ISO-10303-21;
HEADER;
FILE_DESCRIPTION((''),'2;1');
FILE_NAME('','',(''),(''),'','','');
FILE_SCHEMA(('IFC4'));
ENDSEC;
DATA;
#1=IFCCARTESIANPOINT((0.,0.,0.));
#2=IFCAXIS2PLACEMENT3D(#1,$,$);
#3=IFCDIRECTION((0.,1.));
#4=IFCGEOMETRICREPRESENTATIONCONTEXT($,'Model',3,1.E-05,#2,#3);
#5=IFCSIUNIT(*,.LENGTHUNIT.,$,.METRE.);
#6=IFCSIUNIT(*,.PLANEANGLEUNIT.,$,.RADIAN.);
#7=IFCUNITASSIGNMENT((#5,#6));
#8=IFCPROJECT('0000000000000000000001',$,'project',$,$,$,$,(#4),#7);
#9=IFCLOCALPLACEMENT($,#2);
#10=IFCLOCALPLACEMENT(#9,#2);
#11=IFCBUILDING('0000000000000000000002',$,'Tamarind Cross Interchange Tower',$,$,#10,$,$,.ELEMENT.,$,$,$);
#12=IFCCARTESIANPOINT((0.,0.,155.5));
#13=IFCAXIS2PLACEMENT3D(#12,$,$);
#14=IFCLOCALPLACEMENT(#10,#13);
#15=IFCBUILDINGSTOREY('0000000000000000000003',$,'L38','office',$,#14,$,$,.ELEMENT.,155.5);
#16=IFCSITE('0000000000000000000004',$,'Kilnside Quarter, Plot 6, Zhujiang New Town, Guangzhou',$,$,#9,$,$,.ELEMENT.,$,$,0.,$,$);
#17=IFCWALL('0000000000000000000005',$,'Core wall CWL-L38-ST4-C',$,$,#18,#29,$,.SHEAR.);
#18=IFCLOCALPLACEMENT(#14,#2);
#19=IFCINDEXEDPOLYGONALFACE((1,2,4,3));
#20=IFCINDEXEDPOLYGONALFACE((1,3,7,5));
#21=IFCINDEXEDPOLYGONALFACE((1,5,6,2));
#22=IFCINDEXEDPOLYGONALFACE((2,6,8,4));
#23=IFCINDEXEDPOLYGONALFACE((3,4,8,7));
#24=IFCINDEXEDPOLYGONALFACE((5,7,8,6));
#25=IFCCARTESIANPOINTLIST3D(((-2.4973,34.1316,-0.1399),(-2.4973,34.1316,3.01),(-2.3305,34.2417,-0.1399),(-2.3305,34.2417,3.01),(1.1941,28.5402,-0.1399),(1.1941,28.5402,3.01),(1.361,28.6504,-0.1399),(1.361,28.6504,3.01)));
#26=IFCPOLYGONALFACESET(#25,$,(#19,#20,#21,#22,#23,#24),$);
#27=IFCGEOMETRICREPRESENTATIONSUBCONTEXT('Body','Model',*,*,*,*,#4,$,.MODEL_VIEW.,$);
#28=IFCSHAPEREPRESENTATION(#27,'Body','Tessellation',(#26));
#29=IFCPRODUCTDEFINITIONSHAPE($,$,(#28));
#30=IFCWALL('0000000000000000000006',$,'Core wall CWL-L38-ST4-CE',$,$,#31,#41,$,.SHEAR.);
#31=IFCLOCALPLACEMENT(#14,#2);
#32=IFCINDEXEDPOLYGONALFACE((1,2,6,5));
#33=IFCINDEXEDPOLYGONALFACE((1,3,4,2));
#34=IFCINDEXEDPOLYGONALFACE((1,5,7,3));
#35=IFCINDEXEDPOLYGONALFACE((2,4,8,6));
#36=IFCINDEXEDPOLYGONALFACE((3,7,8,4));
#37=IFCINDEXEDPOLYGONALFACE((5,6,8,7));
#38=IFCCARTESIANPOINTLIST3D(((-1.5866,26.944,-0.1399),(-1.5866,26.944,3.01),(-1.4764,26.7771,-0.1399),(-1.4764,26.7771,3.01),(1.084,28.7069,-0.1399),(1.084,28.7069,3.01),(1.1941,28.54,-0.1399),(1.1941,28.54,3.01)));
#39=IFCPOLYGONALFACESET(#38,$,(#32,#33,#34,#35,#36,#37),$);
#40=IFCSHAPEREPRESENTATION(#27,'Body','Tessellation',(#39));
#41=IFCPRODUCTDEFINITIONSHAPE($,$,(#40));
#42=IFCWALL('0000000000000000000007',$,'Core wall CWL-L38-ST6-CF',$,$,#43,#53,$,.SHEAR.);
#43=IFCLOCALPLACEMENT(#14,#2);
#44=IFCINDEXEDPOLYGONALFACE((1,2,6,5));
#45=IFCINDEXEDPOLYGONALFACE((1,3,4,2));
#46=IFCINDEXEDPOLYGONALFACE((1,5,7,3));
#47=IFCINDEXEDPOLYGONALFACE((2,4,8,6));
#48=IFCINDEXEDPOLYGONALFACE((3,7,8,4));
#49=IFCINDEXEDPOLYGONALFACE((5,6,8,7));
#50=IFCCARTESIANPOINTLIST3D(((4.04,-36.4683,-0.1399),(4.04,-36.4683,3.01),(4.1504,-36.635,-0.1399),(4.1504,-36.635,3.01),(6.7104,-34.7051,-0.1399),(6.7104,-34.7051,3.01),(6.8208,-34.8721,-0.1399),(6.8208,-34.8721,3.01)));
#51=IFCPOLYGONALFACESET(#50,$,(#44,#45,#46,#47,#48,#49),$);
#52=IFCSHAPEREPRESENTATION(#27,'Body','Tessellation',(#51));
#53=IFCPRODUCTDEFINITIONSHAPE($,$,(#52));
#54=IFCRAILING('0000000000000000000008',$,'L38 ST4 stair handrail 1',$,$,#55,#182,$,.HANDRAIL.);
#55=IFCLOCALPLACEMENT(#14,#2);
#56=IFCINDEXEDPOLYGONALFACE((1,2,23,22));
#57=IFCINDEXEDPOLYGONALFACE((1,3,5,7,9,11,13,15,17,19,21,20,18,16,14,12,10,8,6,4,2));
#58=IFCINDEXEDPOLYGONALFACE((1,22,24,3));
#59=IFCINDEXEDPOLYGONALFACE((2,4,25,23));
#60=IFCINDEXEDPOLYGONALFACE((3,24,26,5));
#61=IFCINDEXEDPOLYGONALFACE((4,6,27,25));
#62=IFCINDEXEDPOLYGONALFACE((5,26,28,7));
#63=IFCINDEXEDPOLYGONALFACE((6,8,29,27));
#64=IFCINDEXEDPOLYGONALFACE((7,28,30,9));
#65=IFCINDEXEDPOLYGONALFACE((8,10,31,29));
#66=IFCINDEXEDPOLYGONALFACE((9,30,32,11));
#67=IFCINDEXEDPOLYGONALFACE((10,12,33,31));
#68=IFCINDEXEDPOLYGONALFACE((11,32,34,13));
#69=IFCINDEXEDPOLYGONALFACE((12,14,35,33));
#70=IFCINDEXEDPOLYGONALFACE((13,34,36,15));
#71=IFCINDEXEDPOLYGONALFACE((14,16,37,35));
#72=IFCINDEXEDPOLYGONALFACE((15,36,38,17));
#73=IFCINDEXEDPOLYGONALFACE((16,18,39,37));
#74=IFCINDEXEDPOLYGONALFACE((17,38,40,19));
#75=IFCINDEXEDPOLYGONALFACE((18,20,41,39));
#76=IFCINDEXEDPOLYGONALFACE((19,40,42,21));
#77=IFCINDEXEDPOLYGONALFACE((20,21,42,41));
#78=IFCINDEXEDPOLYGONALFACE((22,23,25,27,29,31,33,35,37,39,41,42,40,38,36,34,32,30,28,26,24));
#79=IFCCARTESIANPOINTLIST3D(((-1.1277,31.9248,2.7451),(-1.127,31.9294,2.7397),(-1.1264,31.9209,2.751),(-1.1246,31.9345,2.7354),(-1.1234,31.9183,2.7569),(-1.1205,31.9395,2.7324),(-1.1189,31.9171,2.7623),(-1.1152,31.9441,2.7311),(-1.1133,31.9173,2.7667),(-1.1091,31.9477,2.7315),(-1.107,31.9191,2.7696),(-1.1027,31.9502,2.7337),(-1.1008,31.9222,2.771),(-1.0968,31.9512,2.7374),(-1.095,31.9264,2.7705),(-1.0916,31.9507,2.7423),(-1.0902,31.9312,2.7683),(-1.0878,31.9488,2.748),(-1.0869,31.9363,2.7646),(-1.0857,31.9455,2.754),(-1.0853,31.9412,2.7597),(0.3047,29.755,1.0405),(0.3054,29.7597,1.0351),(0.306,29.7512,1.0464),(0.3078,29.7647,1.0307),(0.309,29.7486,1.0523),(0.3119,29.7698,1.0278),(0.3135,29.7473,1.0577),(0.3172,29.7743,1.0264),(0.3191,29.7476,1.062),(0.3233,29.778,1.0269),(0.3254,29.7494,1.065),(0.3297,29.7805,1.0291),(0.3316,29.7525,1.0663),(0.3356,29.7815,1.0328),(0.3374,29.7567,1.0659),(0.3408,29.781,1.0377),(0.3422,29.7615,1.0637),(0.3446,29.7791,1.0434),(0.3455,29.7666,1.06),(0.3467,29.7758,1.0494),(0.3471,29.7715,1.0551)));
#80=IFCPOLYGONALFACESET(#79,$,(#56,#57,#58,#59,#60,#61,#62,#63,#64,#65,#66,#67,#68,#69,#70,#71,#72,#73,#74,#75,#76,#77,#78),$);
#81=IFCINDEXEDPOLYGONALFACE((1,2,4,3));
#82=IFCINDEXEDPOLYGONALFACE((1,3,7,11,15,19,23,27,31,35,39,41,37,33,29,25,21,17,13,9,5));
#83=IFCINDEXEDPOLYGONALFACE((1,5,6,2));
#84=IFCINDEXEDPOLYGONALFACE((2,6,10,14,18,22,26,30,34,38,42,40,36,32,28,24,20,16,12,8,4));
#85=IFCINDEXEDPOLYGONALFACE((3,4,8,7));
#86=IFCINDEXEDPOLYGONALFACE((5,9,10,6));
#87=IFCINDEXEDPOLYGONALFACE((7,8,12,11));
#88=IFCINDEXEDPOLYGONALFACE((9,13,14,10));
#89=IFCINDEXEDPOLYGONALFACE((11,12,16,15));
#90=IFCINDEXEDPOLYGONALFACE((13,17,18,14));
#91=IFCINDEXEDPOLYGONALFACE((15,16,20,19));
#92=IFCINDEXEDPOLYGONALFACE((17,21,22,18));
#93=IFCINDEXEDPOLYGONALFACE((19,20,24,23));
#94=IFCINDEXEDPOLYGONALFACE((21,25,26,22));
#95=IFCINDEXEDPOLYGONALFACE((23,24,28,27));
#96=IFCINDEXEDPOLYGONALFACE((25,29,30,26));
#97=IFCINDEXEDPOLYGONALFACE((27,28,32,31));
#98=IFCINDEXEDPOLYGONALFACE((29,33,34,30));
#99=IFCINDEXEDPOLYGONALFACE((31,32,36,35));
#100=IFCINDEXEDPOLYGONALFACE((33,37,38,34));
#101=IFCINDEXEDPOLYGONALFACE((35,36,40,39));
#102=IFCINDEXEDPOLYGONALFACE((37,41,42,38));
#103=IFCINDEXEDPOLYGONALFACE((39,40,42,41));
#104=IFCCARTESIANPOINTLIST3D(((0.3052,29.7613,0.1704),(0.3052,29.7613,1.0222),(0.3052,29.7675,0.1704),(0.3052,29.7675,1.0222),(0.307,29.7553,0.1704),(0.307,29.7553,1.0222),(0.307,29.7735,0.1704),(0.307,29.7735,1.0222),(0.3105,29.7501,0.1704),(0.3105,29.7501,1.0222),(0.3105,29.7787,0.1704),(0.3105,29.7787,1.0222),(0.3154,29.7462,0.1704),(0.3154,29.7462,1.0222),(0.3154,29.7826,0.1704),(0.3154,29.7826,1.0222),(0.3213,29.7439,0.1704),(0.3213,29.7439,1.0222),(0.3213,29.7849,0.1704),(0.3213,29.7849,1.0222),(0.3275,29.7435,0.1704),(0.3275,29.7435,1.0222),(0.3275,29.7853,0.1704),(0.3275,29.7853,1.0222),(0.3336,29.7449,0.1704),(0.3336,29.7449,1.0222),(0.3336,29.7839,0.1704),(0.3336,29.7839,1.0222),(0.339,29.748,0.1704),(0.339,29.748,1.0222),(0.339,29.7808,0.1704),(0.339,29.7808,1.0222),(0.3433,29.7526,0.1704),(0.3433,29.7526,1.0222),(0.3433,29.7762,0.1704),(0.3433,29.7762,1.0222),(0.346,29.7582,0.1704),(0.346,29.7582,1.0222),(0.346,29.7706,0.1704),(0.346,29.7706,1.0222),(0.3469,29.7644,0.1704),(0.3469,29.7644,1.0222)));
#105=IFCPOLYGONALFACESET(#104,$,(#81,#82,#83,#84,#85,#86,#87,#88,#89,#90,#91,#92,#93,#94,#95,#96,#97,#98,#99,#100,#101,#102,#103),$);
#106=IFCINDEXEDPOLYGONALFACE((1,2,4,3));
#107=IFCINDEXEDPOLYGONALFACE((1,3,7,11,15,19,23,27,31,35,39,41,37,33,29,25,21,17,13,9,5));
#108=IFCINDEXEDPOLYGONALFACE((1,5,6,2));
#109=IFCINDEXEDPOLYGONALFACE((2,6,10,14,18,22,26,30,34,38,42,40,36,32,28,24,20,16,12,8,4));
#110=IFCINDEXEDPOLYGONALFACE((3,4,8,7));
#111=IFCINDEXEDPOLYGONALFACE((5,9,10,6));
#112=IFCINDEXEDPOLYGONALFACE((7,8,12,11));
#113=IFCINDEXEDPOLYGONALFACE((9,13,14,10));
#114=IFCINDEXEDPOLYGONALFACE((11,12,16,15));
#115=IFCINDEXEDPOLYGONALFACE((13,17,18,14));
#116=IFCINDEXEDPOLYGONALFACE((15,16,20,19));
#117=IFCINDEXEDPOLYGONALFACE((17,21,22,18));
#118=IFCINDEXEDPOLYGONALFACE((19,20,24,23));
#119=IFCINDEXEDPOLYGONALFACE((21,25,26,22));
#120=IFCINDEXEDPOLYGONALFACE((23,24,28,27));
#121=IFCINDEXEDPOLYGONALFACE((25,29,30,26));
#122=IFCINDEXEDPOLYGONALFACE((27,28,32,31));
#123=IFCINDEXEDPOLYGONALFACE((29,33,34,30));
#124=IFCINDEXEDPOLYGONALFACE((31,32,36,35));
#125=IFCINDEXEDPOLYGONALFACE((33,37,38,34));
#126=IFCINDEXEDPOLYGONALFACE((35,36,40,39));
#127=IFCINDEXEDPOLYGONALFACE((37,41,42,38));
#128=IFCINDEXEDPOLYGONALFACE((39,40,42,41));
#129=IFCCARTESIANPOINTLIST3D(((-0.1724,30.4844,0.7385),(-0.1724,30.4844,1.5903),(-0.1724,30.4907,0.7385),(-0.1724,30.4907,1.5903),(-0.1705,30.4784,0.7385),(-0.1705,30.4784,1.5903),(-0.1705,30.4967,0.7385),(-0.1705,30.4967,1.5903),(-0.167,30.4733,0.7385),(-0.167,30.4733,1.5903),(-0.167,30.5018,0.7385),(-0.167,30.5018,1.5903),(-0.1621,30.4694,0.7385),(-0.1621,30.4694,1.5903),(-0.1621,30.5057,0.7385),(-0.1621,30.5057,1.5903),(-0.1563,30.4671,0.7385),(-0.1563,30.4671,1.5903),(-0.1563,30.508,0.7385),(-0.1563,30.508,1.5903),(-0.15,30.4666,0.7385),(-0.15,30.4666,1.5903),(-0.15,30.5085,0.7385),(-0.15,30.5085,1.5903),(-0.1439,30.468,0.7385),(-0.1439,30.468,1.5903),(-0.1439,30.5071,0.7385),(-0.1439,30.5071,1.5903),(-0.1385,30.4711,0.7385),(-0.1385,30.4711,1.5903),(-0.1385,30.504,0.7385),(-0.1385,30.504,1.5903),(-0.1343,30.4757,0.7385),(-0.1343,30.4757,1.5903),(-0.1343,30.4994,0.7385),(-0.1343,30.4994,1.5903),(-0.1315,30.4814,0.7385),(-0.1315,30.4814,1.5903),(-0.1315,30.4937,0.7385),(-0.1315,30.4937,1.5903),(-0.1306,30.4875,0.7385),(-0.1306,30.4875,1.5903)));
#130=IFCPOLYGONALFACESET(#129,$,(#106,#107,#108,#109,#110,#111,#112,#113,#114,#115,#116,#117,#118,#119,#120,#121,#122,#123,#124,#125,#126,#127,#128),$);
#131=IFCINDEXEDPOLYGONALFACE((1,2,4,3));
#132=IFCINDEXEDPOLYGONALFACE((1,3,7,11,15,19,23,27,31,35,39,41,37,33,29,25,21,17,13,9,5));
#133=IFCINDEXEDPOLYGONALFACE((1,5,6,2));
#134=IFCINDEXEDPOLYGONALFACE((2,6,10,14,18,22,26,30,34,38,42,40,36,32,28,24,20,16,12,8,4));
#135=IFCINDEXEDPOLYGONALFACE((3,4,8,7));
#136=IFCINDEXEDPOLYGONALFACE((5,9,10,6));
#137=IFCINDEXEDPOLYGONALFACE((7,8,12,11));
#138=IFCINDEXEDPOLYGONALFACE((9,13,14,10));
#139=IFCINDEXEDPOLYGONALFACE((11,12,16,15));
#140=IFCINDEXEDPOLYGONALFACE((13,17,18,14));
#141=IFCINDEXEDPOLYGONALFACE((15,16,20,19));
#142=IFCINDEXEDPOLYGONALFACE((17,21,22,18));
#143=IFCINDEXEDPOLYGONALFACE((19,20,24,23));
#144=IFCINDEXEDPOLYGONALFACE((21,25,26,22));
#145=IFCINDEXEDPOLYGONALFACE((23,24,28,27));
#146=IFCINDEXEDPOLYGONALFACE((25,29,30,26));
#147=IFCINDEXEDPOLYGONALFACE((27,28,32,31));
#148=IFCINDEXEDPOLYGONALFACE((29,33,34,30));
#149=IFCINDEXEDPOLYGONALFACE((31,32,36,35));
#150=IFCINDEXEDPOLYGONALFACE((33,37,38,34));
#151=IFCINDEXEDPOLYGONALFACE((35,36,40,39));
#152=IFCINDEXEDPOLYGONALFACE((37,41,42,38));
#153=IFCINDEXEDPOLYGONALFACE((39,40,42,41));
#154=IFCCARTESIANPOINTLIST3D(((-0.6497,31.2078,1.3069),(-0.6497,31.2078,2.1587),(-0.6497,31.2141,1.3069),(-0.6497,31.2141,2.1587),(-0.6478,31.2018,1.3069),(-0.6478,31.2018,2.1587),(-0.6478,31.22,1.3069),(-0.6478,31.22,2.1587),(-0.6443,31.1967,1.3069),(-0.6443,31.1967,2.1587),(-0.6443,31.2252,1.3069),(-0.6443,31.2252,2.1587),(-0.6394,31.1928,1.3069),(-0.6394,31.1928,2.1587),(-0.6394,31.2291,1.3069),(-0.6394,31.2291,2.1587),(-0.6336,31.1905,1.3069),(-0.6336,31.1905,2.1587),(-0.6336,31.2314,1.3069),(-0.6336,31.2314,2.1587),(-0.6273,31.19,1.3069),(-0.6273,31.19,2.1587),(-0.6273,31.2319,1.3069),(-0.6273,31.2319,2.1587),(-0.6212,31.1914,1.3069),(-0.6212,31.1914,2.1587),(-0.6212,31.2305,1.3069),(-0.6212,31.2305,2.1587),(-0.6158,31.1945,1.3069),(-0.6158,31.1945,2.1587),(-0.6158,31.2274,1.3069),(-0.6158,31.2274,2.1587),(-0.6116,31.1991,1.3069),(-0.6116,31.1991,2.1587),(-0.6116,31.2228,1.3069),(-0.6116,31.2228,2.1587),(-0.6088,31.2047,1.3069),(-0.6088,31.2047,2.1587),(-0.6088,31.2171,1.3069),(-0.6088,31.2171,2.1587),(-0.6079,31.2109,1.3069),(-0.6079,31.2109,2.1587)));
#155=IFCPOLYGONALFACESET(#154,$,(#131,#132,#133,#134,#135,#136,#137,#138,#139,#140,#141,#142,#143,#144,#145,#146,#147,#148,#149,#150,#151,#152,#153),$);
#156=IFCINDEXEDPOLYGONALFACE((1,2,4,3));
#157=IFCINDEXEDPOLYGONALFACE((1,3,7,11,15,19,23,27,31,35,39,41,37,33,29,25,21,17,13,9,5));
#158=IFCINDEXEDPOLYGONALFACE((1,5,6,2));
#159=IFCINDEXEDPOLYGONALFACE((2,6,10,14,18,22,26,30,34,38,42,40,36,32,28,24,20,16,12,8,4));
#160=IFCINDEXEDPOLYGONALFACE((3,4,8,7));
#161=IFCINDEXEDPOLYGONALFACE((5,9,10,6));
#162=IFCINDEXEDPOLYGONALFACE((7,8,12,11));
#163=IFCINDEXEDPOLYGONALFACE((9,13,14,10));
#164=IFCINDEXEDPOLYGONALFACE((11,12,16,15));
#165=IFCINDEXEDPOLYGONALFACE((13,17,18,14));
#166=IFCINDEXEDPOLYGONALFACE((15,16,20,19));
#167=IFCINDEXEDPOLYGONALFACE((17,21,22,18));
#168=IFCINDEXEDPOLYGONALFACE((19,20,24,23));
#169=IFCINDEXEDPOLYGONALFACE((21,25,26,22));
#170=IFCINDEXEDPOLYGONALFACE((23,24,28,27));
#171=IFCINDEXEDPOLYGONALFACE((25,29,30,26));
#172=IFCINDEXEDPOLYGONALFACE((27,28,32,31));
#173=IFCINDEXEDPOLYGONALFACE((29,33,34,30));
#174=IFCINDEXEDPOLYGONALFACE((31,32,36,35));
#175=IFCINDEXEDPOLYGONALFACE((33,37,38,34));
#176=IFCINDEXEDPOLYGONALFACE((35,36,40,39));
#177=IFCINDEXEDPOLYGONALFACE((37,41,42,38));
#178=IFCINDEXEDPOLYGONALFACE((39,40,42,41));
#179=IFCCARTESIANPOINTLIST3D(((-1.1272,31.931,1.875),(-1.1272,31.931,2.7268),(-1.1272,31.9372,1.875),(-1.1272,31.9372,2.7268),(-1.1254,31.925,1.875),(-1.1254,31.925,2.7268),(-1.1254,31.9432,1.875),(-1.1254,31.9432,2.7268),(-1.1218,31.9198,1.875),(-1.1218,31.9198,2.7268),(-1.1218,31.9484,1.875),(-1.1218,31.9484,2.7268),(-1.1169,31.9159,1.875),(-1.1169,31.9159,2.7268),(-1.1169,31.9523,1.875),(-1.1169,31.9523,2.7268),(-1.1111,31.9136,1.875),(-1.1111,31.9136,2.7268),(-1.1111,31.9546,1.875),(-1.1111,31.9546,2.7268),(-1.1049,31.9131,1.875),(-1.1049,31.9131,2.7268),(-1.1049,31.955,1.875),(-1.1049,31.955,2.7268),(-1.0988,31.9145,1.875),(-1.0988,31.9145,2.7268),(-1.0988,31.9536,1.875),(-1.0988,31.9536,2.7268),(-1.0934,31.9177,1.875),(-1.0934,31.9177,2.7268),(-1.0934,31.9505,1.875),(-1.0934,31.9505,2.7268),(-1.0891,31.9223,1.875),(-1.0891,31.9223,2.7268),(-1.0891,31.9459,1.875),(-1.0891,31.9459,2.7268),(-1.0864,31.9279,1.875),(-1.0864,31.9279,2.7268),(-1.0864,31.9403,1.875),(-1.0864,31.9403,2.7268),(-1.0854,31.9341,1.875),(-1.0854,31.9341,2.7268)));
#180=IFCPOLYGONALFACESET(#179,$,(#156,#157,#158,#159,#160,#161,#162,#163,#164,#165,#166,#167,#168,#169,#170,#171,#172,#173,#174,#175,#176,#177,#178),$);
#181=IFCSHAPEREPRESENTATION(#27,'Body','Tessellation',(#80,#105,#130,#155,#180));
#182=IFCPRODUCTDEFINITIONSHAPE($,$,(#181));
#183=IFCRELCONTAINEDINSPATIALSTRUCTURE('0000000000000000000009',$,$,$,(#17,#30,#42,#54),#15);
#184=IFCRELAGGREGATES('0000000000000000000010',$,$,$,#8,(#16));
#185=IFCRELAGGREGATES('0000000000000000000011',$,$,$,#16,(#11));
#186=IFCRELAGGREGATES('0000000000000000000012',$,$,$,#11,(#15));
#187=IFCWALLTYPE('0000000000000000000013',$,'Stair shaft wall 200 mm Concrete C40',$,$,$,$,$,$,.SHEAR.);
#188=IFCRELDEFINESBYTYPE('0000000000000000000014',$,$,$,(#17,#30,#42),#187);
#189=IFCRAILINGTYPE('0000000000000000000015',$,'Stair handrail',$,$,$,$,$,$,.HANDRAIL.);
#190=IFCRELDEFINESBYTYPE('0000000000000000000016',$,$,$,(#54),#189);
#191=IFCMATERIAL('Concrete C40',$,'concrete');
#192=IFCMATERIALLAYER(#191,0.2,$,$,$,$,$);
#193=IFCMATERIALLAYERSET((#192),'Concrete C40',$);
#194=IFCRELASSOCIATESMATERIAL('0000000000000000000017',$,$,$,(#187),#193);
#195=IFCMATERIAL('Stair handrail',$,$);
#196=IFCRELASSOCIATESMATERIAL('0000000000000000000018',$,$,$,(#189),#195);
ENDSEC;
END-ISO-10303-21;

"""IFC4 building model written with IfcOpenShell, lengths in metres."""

from ifc_helpers import new_model, si_unit, direction, frame, frame_2d, origin, origin_2d, place, context, subcontext, project, spatial, polyline, rectangle, circle, outline, extrude, material, layer, layer_set, type_object, element, save


model = new_model("IFC4")

# Units and contexts
model_context = context("Model", 3, precision=1e-05, world=origin(), true_north=direction((0.0, 1.0)))
body_context = subcontext(model_context, "Body", "Model", "MODEL_VIEW")
ifc_project = project(units=[si_unit("LENGTHUNIT", "METRE"), si_unit("PLANEANGLEUNIT", "RADIAN")], contexts=[model_context])

# Site, building, storey
site_placement = place(None, origin())
site = spatial("IfcSite", under=ifc_project, at=site_placement, Name="Kilnside Quarter, Plot 6, Zhujiang New Town, Guangzhou", CompositionType="ELEMENT", RefElevation=0.0)
building_placement = place(site_placement, origin())
building = spatial("IfcBuilding", under=site, at=building_placement, Name="Tamarind Cross Interchange Tower", CompositionType="ELEMENT")
storey_placement = place(building_placement, frame((0.0, 0.0, 155.5)))
storey = spatial("IfcBuildingStorey", under=building, at=storey_placement, Name="L38", Description="office", CompositionType="ELEMENT", Elevation=155.5)

# Walls
ifc_material_1 = material(Name="Concrete C40", Category="concrete")
ifc_layer_1 = layer(ifc_material_1, 0.2)
ifc_layer_set_1 = layer_set([ifc_layer_1], Name="Concrete C40")
wall_type_1 = type_object("IfcWallType", Name="Stair shaft wall 200 mm Concrete C40", PredefinedType="SHEAR", material=ifc_layer_set_1)
wall_1_placement = place(storey_placement, frame((1.2776, 28.5952, -0.1399), z_axis=(0.0, 0.0, 1.0), x_axis=(-0.550961, 0.834531, 0.0)))
element("IfcWall", 1, at=wall_1_placement, inside=storey, type_object=wall_type_1, Name="Core wall CWL-L38-ST4-C", PredefinedType="SHEAR", context=body_context, shape_type="SweptSolid", body=[
    extrude(rectangle(XDim=6.7, YDim=0.2, at=frame_2d((3.3501, 0.0))), origin(), (0.0, 0.0, 1.0), 3.1499),
])
wall_2_placement = place(storey_placement, frame((1.1392, 28.6235, -0.1399), z_axis=(0.0, 0.0, 1.0), x_axis=(-0.834565, -0.550909, 0.0)))
element("IfcWall", 2, at=wall_2_placement, inside=storey, type_object=wall_type_1, Name="Core wall CWL-L38-ST4-CE", PredefinedType="SHEAR", context=body_context, shape_type="SweptSolid", body=[
    extrude(rectangle(XDim=3.2, YDim=0.2, at=frame_2d((1.6001, 0.0))), origin(), (0.0, 0.0, 1.0), 3.1499),
])
wall_3_placement = place(storey_placement, frame((0.0, 0.0, -0.1399)))
element("IfcWall", 3, at=wall_3_placement, inside=storey, type_object=wall_type_1, Name="Core wall CWL-L38-ST6-CF", PredefinedType="SHEAR", context=body_context, shape_type="SweptSolid", body=[
    extrude(outline(polyline([(4.04, -36.4683), (4.1504, -36.635), (6.8208, -34.8721), (6.7104, -34.7051), (4.04, -36.4683)])), origin(), (0.0, 0.0, 1.0), 3.1499),
])

# Railing
ifc_material_2 = material(Name="Stair handrail")
railing_type = type_object("IfcRailingType", Name="Stair handrail", PredefinedType="HANDRAIL", material=ifc_material_2)
railing_placement = place(storey_placement, frame((0.3259, 29.7644, 0.1704)))
element("IfcRailing", 4, at=railing_placement, inside=storey, type_object=railing_type, Name="L38 ST4 stair handrail 1", PredefinedType="HANDRAIL", context=body_context, shape_type="SweptSolid", body=[
    extrude(circle(Radius=0.0239, at=origin_2d()), frame((0.0, 0.0, 0.876), z_axis=(-0.460744, 0.697908, 0.548306), x_axis=(-0.834541, -0.550946, 0.0)), (0.0, 0.0, 1.0), 3.1089),
    extrude(circle(Radius=0.021, at=origin_2d()), origin(), (0.0, 0.0, 1.0), 0.8518),
    extrude(circle(Radius=0.021, at=origin_2d()), frame((-0.4775, 0.7231, 0.5681)), (0.0, 0.0, 1.0), 0.8518),
    extrude(circle(Radius=0.021, at=origin_2d()), frame((-0.9548, 1.4465, 1.1365)), (0.0, 0.0, 1.0), 0.8518),
    extrude(circle(Radius=0.021, at=origin_2d()), frame((-1.4324, 2.1697, 1.7046)), (0.0, 0.0, 1.0), 0.8518),
])

save(model, "model.ifc")
